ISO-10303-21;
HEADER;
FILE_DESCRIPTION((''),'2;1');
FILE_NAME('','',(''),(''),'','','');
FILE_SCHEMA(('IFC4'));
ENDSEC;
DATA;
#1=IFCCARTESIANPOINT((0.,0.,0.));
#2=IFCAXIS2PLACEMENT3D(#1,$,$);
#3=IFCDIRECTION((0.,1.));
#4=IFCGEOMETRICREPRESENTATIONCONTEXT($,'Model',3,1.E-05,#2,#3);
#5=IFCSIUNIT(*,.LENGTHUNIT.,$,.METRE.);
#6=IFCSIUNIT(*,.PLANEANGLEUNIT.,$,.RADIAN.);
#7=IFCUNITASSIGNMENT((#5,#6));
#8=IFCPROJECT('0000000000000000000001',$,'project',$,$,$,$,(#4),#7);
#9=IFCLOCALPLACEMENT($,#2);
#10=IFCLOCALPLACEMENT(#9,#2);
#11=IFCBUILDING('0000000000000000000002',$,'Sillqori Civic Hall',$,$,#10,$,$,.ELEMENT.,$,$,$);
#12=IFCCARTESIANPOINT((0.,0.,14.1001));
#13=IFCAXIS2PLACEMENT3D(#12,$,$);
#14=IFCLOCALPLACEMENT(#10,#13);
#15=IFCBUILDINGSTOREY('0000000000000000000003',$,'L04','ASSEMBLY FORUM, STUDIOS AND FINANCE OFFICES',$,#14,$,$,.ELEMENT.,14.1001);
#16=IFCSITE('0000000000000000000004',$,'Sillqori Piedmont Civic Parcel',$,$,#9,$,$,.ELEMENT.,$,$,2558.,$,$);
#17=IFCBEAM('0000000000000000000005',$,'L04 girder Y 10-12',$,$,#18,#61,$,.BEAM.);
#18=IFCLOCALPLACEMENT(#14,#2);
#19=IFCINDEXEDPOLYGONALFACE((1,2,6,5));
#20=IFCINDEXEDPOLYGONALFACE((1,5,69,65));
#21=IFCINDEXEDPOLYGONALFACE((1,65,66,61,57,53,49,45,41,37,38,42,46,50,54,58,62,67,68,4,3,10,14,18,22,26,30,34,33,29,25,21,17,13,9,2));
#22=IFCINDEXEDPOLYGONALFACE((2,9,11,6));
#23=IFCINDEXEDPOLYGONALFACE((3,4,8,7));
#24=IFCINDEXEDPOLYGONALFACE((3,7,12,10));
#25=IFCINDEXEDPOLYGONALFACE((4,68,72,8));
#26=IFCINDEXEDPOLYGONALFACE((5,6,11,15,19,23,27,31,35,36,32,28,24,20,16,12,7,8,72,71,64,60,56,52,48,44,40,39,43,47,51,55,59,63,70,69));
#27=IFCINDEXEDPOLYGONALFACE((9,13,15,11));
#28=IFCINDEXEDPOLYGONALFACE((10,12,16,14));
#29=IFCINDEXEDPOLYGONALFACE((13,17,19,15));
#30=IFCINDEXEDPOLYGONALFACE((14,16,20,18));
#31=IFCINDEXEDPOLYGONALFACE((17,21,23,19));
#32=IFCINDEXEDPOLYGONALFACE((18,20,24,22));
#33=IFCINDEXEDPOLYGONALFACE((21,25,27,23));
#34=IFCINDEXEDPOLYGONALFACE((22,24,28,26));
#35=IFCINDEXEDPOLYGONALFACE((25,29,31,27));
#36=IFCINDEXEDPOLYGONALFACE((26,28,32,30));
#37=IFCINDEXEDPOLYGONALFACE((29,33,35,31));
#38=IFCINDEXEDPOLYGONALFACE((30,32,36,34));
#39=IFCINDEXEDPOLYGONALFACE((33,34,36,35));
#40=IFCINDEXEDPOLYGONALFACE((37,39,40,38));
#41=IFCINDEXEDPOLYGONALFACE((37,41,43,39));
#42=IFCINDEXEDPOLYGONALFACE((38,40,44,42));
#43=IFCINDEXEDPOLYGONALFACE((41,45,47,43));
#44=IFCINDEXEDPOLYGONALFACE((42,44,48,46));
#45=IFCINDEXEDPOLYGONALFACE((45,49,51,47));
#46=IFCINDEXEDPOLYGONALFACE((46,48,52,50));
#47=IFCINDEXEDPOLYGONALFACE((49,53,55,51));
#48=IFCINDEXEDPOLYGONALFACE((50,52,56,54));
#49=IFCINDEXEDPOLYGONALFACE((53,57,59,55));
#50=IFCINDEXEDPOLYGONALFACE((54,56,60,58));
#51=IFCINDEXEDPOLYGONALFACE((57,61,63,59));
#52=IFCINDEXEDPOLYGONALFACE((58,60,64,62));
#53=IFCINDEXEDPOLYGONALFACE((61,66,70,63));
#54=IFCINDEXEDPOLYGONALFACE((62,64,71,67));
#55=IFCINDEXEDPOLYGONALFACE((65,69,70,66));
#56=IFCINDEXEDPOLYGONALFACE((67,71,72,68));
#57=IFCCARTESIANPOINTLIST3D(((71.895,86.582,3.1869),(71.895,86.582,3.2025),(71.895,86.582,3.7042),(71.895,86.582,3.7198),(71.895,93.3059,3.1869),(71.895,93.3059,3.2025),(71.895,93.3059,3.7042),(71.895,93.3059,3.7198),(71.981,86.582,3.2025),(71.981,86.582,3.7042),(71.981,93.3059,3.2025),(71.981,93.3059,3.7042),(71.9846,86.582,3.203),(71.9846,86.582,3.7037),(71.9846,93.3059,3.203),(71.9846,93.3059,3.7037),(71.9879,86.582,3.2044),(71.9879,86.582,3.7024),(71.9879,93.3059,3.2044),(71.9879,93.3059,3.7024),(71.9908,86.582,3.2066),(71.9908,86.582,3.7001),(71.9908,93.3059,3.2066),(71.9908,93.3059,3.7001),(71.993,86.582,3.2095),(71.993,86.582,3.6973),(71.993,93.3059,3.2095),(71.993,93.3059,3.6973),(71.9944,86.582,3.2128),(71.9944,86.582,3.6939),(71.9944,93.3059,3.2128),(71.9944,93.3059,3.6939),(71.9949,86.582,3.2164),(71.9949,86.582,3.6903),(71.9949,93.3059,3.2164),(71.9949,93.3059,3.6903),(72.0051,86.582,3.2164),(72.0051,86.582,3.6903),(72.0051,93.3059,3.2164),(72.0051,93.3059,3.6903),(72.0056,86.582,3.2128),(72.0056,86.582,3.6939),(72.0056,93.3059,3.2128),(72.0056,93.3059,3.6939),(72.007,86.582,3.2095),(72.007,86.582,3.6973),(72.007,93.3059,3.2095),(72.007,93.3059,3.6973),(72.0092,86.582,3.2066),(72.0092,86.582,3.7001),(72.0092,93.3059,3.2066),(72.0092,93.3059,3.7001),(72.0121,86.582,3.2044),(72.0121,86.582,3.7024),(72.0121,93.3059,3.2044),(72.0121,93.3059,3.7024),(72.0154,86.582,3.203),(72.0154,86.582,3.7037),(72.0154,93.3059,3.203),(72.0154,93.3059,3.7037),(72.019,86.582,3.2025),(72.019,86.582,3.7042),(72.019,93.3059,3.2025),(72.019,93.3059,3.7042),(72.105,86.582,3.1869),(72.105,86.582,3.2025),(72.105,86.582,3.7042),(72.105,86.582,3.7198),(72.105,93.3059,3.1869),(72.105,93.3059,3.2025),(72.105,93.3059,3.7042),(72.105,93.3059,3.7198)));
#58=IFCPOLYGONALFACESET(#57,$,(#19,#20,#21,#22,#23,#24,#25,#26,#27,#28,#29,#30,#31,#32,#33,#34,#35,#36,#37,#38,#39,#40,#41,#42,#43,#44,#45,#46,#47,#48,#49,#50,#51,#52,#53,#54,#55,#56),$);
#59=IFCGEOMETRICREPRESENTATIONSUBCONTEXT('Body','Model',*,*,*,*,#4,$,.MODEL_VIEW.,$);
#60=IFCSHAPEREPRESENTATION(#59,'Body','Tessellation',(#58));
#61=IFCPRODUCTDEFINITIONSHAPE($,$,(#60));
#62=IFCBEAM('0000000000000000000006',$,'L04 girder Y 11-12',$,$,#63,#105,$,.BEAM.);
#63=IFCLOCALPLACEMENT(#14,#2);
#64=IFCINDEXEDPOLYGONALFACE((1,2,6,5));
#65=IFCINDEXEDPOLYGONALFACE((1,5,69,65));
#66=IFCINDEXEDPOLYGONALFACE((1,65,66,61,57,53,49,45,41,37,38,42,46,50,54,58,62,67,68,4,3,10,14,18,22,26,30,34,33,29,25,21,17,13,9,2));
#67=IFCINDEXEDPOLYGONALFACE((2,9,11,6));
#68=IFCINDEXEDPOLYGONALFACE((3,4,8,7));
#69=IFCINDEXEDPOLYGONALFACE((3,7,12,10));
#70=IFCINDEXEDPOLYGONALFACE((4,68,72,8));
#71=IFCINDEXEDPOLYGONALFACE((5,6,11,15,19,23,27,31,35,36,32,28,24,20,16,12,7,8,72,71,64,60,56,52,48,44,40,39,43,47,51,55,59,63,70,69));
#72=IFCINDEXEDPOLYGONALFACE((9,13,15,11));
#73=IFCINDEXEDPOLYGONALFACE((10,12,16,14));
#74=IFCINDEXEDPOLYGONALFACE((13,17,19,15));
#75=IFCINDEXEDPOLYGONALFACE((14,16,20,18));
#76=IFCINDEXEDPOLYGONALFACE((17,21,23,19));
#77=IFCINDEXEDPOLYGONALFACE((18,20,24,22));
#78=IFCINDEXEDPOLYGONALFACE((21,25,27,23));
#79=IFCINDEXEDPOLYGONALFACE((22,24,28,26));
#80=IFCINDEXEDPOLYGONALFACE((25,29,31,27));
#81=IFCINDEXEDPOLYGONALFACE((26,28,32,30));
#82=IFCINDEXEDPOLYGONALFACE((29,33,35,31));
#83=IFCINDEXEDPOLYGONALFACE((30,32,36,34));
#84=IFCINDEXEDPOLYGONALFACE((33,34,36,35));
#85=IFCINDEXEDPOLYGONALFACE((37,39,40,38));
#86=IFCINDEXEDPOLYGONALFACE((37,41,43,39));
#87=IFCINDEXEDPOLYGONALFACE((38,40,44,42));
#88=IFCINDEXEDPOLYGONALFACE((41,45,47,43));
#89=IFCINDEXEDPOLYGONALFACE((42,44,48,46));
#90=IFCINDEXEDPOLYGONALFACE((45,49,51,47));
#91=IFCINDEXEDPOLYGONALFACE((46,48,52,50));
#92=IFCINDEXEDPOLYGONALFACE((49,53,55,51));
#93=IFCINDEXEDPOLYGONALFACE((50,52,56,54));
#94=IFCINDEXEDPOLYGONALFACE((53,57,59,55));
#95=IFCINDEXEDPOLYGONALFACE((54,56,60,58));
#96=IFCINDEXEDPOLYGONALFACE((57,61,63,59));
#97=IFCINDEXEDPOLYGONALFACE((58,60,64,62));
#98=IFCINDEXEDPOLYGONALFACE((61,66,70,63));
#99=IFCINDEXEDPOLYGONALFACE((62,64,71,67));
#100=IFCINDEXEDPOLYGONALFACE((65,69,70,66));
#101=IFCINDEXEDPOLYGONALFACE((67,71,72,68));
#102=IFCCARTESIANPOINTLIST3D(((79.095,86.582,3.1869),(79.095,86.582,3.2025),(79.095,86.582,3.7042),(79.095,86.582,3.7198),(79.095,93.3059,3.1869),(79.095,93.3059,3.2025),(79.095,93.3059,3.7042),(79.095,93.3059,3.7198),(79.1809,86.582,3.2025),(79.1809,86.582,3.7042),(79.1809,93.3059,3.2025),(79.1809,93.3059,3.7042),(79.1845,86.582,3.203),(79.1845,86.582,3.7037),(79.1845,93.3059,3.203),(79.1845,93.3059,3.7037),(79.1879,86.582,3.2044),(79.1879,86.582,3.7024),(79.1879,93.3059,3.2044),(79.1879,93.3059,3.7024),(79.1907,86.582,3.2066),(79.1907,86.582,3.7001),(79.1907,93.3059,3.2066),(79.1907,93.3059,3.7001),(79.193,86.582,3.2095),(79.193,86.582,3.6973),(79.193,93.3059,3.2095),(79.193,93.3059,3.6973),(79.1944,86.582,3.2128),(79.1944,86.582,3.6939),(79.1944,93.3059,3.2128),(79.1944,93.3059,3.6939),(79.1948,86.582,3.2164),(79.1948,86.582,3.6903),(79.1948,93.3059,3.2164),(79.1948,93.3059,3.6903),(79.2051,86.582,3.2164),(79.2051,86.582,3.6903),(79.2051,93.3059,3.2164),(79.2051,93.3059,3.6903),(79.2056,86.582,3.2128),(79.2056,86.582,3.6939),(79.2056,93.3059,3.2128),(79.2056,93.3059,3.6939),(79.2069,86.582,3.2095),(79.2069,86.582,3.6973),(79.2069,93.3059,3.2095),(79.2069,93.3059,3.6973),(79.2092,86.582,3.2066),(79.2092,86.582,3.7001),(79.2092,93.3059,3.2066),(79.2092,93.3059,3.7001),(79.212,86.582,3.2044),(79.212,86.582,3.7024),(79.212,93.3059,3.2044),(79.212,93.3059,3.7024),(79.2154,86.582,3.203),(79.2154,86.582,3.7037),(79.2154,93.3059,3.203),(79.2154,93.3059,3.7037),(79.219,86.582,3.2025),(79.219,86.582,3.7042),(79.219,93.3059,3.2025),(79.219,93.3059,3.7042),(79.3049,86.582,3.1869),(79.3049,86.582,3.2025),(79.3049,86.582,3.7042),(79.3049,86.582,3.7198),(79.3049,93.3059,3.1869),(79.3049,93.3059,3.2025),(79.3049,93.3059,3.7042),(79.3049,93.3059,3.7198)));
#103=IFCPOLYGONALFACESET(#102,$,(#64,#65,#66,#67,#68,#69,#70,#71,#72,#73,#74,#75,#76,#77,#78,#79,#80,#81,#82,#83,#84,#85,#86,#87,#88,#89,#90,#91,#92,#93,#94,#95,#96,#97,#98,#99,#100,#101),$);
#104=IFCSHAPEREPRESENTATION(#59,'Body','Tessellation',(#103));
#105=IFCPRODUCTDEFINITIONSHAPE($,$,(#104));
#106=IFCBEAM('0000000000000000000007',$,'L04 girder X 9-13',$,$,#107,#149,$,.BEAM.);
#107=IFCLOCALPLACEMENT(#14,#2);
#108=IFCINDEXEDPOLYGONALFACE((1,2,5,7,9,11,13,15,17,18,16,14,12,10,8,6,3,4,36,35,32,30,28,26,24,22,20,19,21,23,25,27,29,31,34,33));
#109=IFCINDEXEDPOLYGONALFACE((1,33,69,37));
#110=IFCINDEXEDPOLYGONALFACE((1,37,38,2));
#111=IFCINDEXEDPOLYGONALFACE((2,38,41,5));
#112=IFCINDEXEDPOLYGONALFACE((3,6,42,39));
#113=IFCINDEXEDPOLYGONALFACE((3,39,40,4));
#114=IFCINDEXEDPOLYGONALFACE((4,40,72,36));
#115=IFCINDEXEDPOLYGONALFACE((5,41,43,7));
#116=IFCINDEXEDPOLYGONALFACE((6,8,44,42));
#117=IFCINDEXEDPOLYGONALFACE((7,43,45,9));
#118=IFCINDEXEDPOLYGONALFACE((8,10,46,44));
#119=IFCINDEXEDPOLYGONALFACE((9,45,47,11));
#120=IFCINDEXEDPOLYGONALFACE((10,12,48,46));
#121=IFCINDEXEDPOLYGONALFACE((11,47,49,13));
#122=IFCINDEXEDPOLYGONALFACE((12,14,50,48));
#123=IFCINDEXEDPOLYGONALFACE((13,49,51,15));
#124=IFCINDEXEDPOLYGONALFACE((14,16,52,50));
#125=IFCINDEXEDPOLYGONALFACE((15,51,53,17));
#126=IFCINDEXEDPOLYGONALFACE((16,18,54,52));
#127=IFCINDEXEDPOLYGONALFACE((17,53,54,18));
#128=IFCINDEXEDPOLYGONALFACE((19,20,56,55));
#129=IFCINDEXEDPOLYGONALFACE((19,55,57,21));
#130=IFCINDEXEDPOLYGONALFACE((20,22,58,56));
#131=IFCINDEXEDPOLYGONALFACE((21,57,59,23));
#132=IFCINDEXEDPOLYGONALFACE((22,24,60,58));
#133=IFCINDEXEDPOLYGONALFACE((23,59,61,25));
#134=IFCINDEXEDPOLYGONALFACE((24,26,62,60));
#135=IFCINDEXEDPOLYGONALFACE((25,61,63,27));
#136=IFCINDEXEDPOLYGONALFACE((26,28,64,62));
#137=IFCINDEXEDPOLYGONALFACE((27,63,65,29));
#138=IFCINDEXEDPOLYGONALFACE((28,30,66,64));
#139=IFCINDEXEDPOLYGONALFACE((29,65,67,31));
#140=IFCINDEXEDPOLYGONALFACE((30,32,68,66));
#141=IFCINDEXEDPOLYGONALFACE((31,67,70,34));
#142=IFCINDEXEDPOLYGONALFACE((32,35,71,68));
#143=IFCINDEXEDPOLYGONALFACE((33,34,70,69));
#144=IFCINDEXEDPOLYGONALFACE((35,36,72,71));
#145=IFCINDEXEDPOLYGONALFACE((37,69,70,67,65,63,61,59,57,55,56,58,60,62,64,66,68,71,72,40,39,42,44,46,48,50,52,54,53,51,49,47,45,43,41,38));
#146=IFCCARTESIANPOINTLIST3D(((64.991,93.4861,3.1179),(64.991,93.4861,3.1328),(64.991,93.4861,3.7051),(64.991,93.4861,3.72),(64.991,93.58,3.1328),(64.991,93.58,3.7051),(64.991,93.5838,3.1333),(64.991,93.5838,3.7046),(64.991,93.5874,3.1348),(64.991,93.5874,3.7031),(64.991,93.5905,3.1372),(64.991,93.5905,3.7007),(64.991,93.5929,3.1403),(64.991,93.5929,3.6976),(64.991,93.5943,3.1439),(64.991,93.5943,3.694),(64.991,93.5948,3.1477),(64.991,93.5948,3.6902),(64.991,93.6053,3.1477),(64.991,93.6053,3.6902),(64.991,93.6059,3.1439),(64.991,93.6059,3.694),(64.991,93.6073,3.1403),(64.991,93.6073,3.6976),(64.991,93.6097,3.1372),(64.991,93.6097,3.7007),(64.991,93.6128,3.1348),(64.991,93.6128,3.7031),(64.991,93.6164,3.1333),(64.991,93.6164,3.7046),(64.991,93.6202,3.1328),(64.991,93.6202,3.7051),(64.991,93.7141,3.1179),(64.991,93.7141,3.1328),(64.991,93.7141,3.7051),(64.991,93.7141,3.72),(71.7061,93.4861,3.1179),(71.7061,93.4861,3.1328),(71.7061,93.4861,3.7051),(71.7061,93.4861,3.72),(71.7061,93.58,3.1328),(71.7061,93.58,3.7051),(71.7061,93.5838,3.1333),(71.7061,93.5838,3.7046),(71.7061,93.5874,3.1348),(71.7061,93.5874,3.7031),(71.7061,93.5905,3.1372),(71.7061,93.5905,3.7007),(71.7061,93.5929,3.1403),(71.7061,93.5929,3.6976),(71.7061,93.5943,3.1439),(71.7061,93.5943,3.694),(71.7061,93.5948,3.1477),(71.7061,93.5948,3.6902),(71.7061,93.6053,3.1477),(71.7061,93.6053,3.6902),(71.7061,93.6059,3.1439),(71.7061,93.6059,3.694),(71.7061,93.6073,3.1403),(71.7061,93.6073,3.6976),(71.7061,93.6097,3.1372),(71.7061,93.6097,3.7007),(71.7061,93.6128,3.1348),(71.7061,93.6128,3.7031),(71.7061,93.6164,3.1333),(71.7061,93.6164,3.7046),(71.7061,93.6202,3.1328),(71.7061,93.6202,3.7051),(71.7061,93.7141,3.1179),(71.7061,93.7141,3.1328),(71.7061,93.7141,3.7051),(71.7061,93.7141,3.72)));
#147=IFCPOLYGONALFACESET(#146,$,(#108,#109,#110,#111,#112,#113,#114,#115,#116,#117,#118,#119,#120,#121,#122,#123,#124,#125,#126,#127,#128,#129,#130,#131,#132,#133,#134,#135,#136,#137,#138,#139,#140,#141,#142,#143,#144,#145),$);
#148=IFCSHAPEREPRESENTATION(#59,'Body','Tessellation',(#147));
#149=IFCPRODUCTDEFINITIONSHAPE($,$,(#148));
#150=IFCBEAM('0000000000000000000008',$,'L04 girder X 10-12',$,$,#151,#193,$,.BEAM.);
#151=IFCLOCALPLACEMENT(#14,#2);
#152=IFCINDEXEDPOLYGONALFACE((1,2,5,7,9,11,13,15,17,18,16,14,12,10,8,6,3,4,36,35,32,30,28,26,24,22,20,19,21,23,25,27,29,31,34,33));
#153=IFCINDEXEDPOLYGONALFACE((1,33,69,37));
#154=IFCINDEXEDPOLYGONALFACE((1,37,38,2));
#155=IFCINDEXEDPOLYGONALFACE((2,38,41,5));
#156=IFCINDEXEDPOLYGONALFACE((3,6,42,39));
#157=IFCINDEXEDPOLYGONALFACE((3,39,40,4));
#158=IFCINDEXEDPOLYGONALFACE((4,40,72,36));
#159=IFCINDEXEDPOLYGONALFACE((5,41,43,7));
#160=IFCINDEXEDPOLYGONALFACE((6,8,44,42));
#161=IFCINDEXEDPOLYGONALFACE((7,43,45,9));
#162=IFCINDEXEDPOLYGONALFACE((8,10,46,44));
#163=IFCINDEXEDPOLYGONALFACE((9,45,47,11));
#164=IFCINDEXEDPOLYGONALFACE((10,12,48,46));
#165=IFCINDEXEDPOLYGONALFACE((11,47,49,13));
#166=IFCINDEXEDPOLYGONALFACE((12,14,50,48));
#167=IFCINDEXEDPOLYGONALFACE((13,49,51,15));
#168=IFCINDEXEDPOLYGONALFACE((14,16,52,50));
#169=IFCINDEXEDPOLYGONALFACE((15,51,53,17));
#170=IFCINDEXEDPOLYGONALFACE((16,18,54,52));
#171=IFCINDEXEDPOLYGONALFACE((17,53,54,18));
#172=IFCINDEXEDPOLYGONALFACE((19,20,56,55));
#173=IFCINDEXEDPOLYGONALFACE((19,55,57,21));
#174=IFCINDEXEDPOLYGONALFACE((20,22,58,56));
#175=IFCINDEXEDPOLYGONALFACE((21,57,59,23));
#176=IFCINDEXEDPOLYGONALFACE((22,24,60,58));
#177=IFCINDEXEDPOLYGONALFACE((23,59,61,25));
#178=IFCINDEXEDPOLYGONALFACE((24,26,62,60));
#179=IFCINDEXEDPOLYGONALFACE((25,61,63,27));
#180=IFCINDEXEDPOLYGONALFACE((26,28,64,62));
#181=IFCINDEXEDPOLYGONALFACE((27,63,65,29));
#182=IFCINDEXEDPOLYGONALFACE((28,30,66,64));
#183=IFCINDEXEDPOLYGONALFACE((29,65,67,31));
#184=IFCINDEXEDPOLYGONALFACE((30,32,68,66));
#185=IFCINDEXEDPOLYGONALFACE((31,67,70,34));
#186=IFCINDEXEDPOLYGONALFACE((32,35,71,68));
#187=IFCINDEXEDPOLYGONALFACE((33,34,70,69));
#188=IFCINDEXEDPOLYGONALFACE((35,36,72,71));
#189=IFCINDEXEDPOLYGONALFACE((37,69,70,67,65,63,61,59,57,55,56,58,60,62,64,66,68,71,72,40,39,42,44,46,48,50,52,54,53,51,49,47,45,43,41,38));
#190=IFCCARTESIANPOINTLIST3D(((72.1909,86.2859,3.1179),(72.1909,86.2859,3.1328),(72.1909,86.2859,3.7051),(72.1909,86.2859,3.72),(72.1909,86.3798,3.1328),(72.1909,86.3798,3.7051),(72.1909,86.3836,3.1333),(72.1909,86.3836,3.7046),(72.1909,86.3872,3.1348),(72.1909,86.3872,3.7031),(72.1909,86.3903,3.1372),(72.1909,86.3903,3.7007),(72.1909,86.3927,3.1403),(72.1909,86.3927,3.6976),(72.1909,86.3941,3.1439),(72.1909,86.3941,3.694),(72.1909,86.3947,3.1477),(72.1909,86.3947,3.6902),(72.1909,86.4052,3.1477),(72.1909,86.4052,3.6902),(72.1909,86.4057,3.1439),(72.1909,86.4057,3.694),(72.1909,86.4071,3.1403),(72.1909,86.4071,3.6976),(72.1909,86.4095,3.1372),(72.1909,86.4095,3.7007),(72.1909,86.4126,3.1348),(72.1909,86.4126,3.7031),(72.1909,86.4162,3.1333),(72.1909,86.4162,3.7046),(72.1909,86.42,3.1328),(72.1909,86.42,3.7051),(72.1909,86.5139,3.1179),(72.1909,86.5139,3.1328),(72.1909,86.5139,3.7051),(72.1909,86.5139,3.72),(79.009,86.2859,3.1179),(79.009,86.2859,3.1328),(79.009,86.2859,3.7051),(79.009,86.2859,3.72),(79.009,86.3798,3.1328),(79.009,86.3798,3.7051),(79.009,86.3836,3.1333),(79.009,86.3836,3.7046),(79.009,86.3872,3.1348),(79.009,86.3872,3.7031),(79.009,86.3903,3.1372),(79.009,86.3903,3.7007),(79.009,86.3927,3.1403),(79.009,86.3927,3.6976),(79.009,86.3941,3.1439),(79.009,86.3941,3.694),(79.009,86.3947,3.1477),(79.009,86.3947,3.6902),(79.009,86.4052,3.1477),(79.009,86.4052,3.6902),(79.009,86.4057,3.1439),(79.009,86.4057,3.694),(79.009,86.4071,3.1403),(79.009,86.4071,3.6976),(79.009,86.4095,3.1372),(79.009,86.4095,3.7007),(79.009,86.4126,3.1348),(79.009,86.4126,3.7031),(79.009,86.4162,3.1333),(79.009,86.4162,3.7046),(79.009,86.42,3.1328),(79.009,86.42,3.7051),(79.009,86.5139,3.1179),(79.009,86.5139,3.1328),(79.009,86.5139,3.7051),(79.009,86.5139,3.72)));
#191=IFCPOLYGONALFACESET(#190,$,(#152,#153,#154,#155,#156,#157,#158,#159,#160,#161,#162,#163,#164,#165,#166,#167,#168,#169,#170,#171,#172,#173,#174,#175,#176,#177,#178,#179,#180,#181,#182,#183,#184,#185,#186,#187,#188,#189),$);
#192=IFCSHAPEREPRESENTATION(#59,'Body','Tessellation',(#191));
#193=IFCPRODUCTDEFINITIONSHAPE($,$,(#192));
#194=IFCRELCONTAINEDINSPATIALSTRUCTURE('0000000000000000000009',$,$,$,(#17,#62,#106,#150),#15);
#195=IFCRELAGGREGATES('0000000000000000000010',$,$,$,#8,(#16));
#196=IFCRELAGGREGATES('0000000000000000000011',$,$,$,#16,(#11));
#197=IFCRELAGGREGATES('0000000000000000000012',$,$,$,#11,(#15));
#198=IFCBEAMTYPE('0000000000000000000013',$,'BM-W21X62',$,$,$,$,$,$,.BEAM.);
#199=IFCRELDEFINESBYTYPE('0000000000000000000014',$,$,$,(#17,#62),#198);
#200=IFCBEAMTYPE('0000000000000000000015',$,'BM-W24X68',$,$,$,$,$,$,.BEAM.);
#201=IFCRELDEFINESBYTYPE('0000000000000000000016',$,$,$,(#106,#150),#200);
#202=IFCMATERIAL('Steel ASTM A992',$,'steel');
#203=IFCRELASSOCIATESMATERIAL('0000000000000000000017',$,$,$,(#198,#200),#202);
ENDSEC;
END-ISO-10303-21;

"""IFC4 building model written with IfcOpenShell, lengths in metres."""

from ifc_helpers import new_model, si_unit, direction, frame, origin, origin_2d, place, context, subcontext, project, spatial, i_section, extrude, material, material_profile, profile_set, type_object, element, save


model = new_model("IFC4")

# Units and contexts
model_context = context("Model", 3, precision=1e-05, world=origin(), true_north=direction((0.0, 1.0)))
body_context = subcontext(model_context, "Body", "Model", "MODEL_VIEW")
ifc_project = project(units=[si_unit("LENGTHUNIT", "METRE"), si_unit("PLANEANGLEUNIT", "RADIAN")], contexts=[model_context])

# Site, building, storey
site_placement = place(None, origin())
site = spatial("IfcSite", under=ifc_project, at=site_placement, Name="Sillqori Piedmont Civic Parcel", CompositionType="ELEMENT", RefElevation=2558.0)
building_placement = place(site_placement, origin())
building = spatial("IfcBuilding", under=site, at=building_placement, Name="Sillqori Civic Hall", CompositionType="ELEMENT")
storey_placement = place(building_placement, frame((0.0, 0.0, 14.1001)))
storey = spatial("IfcBuildingStorey", under=building, at=storey_placement, Name="L04", Description="ASSEMBLY FORUM, STUDIOS AND FINANCE OFFICES", CompositionType="ELEMENT", Elevation=14.1001)

# Shared definitions
ifc_material_1 = material(Name="Steel ASTM A992", Category="steel")

# Beams
ifc_material_profile_1 = material_profile(ifc_material_1, i_section(OverallWidth=0.21, OverallDepth=0.533, WebThickness=0.0103, FlangeThickness=0.0156, FilletRadius=0.0139, at=origin_2d()), Name="W21X62")
ifc_profile_set_1 = profile_set([ifc_material_profile_1], Name="Steel ASTM A992")
beam_type_1 = type_object("IfcBeamType", Name="BM-W21X62", PredefinedType="BEAM", material=ifc_profile_set_1)
for number, where, z_axis, x_axis, name in (
    (1, (72.0, 86.582, 3.4534), (0.0, 1.0, 0.0), (-1.0, 0.0, 0.0), "L04 girder Y 10-12"),
    (2, (79.2, 86.582, 3.4534), (0.0, 1.0, 0.0), (-1.0, 0.0, 0.0), "L04 girder Y 11-12"),
):
    element("IfcBeam", number, at=place(storey_placement, frame(where, z_axis=z_axis, x_axis=x_axis)), inside=storey, type_object=beam_type_1, Name=name, PredefinedType="BEAM", context=body_context, shape_type="SweptSolid", body=[
        extrude(i_section(OverallWidth=0.21, OverallDepth=0.533, WebThickness=0.0103, FlangeThickness=0.0156, FilletRadius=0.0139, at=origin_2d()), origin(), (0.0, 0.0, 1.0), 6.7239),
    ])
ifc_material_profile_2 = material_profile(ifc_material_1, i_section(OverallWidth=0.228, OverallDepth=0.6021, WebThickness=0.0105, FlangeThickness=0.0149, FilletRadius=0.0149, at=origin_2d()), Name="W24X68")
ifc_profile_set_2 = profile_set([ifc_material_profile_2], Name="Steel ASTM A992")
beam_type_2 = type_object("IfcBeamType", Name="BM-W24X68", PredefinedType="BEAM", material=ifc_profile_set_2)
beam_1_placement = place(storey_placement, frame((64.991, 93.6001, 3.4189), z_axis=(1.0, 0.0, 0.0), x_axis=(0.0, 1.0, 0.0)))
element("IfcBeam", 3, at=beam_1_placement, inside=storey, type_object=beam_type_2, Name="L04 girder X 9-13", PredefinedType="BEAM", context=body_context, shape_type="SweptSolid", body=[
    extrude(i_section(OverallWidth=0.228, OverallDepth=0.6021, WebThickness=0.0105, FlangeThickness=0.0149, FilletRadius=0.0149, at=origin_2d()), origin(), (0.0, 0.0, 1.0), 6.7151),
])
beam_2_placement = place(storey_placement, frame((72.1909, 86.3999, 3.4189), z_axis=(1.0, 0.0, 0.0), x_axis=(0.0, 1.0, 0.0)))
element("IfcBeam", 4, at=beam_2_placement, inside=storey, type_object=beam_type_2, Name="L04 girder X 10-12", PredefinedType="BEAM", context=body_context, shape_type="SweptSolid", body=[
    extrude(i_section(OverallWidth=0.228, OverallDepth=0.6021, WebThickness=0.0105, FlangeThickness=0.0149, FilletRadius=0.0149, at=origin_2d()), origin(), (0.0, 0.0, 1.0), 6.8181),
])

save(model, "model.ifc")
